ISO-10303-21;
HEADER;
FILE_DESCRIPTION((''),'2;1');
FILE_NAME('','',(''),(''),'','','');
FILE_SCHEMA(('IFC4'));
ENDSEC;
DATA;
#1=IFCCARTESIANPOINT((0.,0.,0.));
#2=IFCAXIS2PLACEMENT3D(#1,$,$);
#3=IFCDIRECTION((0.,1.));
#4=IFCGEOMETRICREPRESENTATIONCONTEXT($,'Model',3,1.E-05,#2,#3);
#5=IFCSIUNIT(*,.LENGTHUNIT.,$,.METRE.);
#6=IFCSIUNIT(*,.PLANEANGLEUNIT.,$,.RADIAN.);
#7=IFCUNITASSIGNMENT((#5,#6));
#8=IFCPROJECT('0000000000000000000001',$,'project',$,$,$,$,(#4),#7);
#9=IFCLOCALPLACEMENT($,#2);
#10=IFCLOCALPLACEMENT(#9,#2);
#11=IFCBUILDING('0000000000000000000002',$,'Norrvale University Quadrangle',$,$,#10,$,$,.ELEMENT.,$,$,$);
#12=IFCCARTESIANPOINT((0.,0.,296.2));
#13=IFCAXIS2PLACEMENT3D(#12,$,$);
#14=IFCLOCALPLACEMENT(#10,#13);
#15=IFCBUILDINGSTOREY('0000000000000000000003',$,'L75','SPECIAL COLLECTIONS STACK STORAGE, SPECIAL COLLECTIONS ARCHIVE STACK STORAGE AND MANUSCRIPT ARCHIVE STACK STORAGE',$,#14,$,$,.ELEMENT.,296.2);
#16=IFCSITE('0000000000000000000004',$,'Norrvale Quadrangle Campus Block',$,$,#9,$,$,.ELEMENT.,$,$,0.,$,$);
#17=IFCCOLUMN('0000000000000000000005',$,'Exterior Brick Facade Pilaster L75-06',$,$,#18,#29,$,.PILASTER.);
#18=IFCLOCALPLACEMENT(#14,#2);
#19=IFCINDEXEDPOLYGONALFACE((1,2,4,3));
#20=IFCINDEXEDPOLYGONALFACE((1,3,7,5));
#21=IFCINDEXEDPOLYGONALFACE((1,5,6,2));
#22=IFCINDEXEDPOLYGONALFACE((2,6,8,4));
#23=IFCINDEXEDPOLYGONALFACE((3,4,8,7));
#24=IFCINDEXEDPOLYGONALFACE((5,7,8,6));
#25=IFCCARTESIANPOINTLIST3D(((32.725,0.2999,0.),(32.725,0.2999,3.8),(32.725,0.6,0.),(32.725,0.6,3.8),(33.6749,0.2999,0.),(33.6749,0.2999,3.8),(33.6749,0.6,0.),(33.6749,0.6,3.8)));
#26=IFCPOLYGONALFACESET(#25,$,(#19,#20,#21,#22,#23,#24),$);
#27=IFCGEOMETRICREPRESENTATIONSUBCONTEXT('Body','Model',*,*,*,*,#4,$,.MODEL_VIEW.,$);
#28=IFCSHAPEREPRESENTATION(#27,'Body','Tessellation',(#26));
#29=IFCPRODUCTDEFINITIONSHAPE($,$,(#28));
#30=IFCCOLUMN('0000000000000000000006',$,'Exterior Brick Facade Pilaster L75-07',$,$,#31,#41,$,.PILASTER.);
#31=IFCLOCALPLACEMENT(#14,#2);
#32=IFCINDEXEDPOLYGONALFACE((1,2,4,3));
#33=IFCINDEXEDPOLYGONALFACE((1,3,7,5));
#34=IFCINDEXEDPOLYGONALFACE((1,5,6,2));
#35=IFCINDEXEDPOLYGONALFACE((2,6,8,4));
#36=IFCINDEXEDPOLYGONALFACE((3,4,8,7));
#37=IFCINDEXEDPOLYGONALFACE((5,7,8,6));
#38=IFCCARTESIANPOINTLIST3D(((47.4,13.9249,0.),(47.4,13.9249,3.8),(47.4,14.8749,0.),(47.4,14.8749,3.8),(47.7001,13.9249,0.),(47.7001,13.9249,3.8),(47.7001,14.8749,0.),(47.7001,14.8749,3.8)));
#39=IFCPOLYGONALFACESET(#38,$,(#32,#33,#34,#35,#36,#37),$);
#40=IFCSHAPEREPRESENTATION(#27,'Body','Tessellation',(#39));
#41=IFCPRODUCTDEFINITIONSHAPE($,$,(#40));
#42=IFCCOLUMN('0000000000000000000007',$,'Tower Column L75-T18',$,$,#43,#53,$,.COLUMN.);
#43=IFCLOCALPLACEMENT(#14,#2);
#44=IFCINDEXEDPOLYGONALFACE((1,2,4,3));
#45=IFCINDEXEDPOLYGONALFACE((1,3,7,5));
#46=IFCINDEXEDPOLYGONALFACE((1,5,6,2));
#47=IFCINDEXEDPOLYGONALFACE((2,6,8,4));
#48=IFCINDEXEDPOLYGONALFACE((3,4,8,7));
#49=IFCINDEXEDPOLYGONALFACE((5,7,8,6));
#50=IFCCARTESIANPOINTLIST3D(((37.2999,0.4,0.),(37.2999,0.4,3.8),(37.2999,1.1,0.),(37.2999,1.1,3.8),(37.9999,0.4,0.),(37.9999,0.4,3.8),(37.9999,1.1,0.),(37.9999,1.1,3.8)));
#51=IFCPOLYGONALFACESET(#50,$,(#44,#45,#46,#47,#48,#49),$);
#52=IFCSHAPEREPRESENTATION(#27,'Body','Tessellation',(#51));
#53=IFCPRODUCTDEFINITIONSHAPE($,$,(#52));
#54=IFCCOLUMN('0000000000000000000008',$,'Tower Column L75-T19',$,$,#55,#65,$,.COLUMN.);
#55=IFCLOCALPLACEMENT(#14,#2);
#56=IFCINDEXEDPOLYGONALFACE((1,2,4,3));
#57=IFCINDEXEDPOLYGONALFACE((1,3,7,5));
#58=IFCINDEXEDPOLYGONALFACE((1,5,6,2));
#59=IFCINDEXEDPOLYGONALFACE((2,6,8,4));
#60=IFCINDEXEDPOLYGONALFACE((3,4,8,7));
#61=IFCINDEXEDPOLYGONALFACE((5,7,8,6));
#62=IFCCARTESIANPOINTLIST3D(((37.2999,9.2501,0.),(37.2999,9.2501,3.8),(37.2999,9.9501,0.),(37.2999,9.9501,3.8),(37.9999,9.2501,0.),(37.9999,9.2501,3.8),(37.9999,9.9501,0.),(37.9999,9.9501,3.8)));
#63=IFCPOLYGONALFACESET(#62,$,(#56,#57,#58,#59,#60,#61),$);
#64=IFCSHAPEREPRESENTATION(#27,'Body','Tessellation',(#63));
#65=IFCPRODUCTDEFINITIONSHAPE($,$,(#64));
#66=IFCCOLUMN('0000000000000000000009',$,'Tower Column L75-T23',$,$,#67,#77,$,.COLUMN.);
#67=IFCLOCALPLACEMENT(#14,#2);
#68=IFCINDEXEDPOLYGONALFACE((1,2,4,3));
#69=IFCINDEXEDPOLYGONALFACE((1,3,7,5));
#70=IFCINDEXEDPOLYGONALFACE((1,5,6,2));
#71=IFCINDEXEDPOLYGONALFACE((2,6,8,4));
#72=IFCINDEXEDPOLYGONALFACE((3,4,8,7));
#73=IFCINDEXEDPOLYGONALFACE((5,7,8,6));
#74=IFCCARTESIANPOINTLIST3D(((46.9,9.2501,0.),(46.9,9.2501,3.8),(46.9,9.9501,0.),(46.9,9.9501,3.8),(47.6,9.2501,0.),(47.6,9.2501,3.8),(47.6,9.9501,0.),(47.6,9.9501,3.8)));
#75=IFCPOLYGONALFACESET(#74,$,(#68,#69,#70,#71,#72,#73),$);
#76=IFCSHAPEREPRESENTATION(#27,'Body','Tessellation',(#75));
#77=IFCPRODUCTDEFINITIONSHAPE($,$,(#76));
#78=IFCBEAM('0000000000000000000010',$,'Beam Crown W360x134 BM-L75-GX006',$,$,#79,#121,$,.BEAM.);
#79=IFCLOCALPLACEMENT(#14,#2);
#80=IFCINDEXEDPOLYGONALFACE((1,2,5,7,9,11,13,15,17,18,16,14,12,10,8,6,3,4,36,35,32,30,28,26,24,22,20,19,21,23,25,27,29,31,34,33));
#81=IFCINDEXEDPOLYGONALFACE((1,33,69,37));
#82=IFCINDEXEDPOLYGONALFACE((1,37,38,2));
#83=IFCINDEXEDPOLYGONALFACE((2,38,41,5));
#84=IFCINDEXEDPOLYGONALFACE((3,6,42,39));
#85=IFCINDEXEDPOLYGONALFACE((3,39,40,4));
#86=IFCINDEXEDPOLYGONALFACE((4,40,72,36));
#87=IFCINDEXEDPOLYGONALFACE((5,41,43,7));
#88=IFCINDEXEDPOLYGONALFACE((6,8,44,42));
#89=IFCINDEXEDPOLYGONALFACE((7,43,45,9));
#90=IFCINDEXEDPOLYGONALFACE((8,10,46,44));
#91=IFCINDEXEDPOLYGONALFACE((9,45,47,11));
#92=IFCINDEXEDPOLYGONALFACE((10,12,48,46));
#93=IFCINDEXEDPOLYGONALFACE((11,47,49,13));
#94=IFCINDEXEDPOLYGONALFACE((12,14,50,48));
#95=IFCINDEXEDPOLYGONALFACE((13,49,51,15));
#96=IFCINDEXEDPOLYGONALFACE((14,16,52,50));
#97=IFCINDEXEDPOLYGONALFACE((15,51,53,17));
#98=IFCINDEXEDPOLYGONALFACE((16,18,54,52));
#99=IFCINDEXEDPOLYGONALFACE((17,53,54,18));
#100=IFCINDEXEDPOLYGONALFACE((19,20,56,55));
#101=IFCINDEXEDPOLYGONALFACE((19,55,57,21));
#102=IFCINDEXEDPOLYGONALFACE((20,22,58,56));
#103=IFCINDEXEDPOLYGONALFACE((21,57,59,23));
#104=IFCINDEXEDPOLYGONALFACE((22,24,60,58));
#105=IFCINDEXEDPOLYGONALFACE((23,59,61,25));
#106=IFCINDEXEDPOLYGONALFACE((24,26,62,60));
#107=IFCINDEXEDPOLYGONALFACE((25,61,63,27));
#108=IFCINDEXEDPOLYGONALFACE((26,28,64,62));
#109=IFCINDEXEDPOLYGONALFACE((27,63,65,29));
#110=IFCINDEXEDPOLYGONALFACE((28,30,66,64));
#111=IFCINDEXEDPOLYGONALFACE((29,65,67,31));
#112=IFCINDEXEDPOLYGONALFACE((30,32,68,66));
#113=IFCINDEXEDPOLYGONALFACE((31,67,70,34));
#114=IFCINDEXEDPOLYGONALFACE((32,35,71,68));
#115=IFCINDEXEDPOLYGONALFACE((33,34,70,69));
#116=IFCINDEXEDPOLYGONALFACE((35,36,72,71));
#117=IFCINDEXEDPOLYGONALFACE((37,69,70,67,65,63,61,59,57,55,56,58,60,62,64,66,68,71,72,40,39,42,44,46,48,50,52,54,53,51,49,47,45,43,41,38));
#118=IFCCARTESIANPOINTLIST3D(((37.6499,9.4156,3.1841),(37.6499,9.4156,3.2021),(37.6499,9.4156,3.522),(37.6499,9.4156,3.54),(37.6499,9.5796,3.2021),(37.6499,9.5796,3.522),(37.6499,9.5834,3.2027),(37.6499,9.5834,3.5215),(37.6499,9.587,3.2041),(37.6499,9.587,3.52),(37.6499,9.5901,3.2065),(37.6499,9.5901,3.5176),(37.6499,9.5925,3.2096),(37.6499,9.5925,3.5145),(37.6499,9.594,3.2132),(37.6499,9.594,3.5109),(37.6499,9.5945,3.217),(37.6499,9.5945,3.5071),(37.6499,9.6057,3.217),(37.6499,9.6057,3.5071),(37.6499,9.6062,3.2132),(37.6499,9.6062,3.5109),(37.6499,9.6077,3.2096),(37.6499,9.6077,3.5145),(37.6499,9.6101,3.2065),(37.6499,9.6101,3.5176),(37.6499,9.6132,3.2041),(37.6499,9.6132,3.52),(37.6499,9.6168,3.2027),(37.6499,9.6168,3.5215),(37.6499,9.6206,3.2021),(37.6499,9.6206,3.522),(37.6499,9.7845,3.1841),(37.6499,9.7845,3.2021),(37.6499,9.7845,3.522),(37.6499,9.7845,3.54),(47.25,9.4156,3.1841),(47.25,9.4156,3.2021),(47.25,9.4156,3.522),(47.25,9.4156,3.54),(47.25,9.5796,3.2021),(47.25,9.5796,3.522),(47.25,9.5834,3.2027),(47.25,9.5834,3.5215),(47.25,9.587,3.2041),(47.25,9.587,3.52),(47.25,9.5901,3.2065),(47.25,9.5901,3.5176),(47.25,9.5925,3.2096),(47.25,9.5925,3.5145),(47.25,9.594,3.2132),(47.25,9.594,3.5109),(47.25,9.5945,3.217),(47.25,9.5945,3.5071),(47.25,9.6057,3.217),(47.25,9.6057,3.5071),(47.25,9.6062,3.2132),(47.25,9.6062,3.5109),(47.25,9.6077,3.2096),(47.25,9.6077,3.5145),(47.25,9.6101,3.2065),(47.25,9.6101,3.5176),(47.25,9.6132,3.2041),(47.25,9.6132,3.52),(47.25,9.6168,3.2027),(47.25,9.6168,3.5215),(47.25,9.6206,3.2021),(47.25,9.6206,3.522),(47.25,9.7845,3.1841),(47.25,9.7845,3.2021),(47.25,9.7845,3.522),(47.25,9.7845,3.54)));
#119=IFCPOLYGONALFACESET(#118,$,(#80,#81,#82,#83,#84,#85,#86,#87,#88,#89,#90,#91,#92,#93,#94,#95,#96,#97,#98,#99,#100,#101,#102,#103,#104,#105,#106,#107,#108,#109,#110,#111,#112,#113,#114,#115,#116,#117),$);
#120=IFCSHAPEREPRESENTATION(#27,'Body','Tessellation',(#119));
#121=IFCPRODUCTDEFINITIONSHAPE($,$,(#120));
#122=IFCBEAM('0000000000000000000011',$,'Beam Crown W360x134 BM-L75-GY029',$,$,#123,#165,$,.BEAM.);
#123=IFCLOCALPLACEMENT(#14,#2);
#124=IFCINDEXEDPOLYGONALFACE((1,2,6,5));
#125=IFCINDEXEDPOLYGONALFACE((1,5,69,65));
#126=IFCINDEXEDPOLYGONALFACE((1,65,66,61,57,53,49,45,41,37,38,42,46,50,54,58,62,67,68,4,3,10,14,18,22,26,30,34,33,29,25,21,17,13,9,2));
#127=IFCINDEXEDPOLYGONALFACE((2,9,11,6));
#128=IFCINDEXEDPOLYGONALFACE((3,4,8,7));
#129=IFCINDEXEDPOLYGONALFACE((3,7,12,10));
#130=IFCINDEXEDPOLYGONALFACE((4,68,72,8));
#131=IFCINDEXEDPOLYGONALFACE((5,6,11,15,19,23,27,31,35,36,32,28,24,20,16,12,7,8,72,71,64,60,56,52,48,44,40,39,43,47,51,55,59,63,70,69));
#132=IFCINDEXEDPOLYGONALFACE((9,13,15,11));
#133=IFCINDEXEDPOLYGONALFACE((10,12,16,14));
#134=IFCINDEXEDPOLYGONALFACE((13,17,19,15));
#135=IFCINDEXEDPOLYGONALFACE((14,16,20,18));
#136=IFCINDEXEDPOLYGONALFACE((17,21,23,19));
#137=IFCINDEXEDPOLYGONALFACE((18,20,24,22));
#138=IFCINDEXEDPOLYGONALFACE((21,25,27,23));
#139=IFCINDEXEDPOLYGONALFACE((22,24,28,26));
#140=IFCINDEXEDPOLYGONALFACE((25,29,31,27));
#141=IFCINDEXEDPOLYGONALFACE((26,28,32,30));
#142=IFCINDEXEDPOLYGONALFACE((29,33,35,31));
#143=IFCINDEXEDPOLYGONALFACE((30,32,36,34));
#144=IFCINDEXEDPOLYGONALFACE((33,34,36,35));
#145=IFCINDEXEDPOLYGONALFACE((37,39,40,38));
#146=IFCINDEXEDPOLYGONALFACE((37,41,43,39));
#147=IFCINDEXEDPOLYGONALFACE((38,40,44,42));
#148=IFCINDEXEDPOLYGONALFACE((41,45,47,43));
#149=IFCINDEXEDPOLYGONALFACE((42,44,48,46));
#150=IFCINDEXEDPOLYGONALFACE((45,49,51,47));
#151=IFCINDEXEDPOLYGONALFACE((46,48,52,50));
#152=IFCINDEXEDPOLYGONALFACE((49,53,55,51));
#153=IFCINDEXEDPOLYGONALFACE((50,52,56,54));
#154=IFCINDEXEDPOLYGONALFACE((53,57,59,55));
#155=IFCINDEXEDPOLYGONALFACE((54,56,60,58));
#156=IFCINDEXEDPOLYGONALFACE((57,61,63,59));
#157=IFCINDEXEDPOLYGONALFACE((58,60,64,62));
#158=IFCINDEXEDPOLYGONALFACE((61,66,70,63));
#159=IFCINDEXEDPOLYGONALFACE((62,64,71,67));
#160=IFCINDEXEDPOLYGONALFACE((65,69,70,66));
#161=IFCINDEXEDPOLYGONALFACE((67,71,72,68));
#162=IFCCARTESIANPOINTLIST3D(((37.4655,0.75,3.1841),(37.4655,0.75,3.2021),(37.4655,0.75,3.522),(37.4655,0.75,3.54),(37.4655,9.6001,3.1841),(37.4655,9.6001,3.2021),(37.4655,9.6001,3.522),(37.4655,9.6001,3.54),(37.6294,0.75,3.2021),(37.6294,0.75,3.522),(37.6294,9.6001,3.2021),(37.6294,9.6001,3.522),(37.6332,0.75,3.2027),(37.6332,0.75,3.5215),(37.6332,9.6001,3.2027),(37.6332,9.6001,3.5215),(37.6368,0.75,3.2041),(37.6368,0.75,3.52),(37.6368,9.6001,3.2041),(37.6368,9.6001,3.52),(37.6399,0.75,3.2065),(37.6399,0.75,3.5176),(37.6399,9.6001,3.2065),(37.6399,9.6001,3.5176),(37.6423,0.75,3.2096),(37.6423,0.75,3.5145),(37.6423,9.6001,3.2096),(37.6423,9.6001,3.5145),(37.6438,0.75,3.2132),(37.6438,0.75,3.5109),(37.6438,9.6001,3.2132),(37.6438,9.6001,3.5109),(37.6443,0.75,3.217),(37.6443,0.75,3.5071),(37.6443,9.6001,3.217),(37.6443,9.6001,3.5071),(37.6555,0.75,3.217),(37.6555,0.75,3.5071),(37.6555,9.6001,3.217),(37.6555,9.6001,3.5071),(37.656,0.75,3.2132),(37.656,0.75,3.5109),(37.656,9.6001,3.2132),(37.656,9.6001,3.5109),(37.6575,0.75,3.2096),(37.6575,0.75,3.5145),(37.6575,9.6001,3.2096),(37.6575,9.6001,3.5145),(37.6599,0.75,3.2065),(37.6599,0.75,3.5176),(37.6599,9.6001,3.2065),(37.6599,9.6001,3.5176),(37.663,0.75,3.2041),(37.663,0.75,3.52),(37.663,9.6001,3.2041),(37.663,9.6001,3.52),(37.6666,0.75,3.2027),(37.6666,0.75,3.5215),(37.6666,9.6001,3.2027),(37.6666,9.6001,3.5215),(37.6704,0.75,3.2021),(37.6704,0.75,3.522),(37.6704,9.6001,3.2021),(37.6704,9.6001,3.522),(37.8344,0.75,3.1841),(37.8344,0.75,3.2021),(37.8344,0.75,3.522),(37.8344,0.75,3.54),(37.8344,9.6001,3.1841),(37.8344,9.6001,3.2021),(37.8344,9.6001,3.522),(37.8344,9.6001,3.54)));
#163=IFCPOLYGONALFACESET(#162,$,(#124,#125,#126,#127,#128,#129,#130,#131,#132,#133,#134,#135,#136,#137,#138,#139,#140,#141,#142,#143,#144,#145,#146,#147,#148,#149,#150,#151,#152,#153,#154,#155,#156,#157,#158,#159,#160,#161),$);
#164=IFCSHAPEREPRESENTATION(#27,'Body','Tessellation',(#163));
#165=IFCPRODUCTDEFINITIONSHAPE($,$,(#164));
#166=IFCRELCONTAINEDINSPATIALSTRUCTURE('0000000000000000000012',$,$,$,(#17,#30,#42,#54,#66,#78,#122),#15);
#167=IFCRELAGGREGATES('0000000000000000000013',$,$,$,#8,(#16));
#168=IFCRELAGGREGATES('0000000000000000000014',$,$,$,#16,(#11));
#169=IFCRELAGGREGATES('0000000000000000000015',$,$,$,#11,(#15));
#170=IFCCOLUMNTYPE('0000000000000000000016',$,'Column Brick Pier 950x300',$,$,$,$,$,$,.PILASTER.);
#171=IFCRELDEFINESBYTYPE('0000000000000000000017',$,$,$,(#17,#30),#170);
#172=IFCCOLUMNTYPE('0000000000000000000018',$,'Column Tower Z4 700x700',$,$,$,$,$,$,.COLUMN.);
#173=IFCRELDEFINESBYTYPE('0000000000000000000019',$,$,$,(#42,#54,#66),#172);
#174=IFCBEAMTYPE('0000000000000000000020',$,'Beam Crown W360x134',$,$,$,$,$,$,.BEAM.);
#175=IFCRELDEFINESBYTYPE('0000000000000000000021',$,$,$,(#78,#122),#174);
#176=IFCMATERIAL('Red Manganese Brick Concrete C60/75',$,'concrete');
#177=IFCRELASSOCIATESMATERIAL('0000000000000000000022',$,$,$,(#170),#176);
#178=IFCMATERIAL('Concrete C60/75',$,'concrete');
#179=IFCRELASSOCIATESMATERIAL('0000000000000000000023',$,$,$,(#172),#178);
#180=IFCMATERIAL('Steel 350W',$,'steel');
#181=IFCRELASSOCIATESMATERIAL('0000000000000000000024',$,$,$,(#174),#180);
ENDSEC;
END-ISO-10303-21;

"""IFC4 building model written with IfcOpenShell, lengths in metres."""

from ifc_helpers import new_model, si_unit, direction, frame, origin, origin_2d, place, context, subcontext, project, spatial, rectangle, i_section, extrude, material, material_profile, profile_set, type_object, element, save


model = new_model("IFC4")

# Units and contexts
model_context = context("Model", 3, precision=1e-05, world=origin(), true_north=direction((0.0, 1.0)))
body_context = subcontext(model_context, "Body", "Model", "MODEL_VIEW")
ifc_project = project(units=[si_unit("LENGTHUNIT", "METRE"), si_unit("PLANEANGLEUNIT", "RADIAN")], contexts=[model_context])

# Site, building, storey
site_placement = place(None, origin())
site = spatial("IfcSite", under=ifc_project, at=site_placement, Name="Norrvale Quadrangle Campus Block", CompositionType="ELEMENT", RefElevation=0.0)
building_placement = place(site_placement, origin())
building = spatial("IfcBuilding", under=site, at=building_placement, Name="Norrvale University Quadrangle", CompositionType="ELEMENT")
storey_placement = place(building_placement, frame((0.0, 0.0, 296.2)))
storey = spatial("IfcBuildingStorey", under=building, at=storey_placement, Name="L75", Description="SPECIAL COLLECTIONS STACK STORAGE, SPECIAL COLLECTIONS ARCHIVE STACK STORAGE AND MANUSCRIPT ARCHIVE STACK STORAGE", CompositionType="ELEMENT", Elevation=296.2)

# Columns
ifc_material_1 = material(Name="Red Manganese Brick Concrete C60/75", Category="concrete")
ifc_material_profile_1 = material_profile(ifc_material_1, rectangle(XDim=0.95, YDim=0.3, at=origin_2d()), Name="Red Manganese Brick Concrete C60/75")
ifc_profile_set_1 = profile_set([ifc_material_profile_1], Name="Red Manganese Brick Concrete C60/75")
column_type_1 = type_object("IfcColumnType", Name="Column Brick Pier 950x300", PredefinedType="PILASTER", material=ifc_profile_set_1)
for number, where, z_axis, x_axis, name in (
    (1, (33.2, 0.45, 0.0), (0.0, 0.0, 1.0), (1.0, 0.0, 0.0), "Exterior Brick Facade Pilaster L75-06"),
    (2, (47.55, 14.3999, 0.0), (0.0, 0.0, 1.0), (0.0, 1.0, 0.0), "Exterior Brick Facade Pilaster L75-07"),
):
    element("IfcColumn", number, at=place(storey_placement, frame(where, z_axis=z_axis, x_axis=x_axis)), inside=storey, type_object=column_type_1, Name=name, PredefinedType="PILASTER", context=body_context, shape_type="SweptSolid", body=[
        extrude(rectangle(XDim=0.95, YDim=0.3, at=origin_2d()), origin(), (0.0, 0.0, 1.0), 3.8),
    ])
ifc_material_2 = material(Name="Concrete C60/75", Category="concrete")
ifc_material_profile_2 = material_profile(ifc_material_2, rectangle(XDim=0.7, YDim=0.7, at=origin_2d()), Name="Concrete C60/75")
ifc_profile_set_2 = profile_set([ifc_material_profile_2], Name="Concrete C60/75")
column_type_2 = type_object("IfcColumnType", Name="Column Tower Z4 700x700", PredefinedType="COLUMN", material=ifc_profile_set_2)
for number, where, z_axis, x_axis, name in (
    (3, (37.6499, 0.75, 0.0), (0.0, 0.0, 1.0), (1.0, 0.0, 0.0), "Tower Column L75-T18"),
    (4, (37.6499, 9.6001, 0.0), (0.0, 0.0, 1.0), (1.0, 0.0, 0.0), "Tower Column L75-T19"),
    (5, (47.25, 9.6001, 0.0), (0.0, 0.0, 1.0), (1.0, 0.0, 0.0), "Tower Column L75-T23"),
):
    element("IfcColumn", number, at=place(storey_placement, frame(where, z_axis=z_axis, x_axis=x_axis)), inside=storey, type_object=column_type_2, Name=name, PredefinedType="COLUMN", context=body_context, shape_type="SweptSolid", body=[
        extrude(rectangle(XDim=0.7, YDim=0.7, at=origin_2d()), origin(), (0.0, 0.0, 1.0), 3.8),
    ])

# Beams
ifc_material_3 = material(Name="Steel 350W", Category="steel")
ifc_material_profile_3 = material_profile(ifc_material_3, i_section(OverallWidth=0.3689, OverallDepth=0.356, WebThickness=0.0112, FlangeThickness=0.0181, FilletRadius=0.0149, at=origin_2d()), Name="Steel 350W")
ifc_profile_set_3 = profile_set([ifc_material_profile_3], Name="Steel 350W")
beam_type_1 = type_object("IfcBeamType", Name="Beam Crown W360x134", PredefinedType="BEAM", material=ifc_profile_set_3)
beam_1_placement = place(storey_placement, frame((37.6499, 9.6001, 3.3621), z_axis=(1.0, 0.0, 0.0), x_axis=(0.0, 1.0, 0.0)))
element("IfcBeam", 6, at=beam_1_placement, inside=storey, type_object=beam_type_1, Name="Beam Crown W360x134 BM-L75-GX006", PredefinedType="BEAM", context=body_context, shape_type="SweptSolid", body=[
    extrude(i_section(OverallWidth=0.3689, OverallDepth=0.356, WebThickness=0.0112, FlangeThickness=0.0181, FilletRadius=0.0149, at=origin_2d()), origin(), (0.0, 0.0, 1.0), 9.6001),
])
beam_2_placement = place(storey_placement, frame((37.6499, 0.75, 3.3621), z_axis=(0.0, 1.0, 0.0), x_axis=(-1.0, 0.0, 0.0)))
element("IfcBeam", 7, at=beam_2_placement, inside=storey, type_object=beam_type_1, Name="Beam Crown W360x134 BM-L75-GY029", PredefinedType="BEAM", context=body_context, shape_type="SweptSolid", body=[
    extrude(i_section(OverallWidth=0.3689, OverallDepth=0.356, WebThickness=0.0112, FlangeThickness=0.0181, FilletRadius=0.0149, at=origin_2d()), origin(), (0.0, 0.0, 1.0), 8.8501),
])

save(model, "model.ifc")
